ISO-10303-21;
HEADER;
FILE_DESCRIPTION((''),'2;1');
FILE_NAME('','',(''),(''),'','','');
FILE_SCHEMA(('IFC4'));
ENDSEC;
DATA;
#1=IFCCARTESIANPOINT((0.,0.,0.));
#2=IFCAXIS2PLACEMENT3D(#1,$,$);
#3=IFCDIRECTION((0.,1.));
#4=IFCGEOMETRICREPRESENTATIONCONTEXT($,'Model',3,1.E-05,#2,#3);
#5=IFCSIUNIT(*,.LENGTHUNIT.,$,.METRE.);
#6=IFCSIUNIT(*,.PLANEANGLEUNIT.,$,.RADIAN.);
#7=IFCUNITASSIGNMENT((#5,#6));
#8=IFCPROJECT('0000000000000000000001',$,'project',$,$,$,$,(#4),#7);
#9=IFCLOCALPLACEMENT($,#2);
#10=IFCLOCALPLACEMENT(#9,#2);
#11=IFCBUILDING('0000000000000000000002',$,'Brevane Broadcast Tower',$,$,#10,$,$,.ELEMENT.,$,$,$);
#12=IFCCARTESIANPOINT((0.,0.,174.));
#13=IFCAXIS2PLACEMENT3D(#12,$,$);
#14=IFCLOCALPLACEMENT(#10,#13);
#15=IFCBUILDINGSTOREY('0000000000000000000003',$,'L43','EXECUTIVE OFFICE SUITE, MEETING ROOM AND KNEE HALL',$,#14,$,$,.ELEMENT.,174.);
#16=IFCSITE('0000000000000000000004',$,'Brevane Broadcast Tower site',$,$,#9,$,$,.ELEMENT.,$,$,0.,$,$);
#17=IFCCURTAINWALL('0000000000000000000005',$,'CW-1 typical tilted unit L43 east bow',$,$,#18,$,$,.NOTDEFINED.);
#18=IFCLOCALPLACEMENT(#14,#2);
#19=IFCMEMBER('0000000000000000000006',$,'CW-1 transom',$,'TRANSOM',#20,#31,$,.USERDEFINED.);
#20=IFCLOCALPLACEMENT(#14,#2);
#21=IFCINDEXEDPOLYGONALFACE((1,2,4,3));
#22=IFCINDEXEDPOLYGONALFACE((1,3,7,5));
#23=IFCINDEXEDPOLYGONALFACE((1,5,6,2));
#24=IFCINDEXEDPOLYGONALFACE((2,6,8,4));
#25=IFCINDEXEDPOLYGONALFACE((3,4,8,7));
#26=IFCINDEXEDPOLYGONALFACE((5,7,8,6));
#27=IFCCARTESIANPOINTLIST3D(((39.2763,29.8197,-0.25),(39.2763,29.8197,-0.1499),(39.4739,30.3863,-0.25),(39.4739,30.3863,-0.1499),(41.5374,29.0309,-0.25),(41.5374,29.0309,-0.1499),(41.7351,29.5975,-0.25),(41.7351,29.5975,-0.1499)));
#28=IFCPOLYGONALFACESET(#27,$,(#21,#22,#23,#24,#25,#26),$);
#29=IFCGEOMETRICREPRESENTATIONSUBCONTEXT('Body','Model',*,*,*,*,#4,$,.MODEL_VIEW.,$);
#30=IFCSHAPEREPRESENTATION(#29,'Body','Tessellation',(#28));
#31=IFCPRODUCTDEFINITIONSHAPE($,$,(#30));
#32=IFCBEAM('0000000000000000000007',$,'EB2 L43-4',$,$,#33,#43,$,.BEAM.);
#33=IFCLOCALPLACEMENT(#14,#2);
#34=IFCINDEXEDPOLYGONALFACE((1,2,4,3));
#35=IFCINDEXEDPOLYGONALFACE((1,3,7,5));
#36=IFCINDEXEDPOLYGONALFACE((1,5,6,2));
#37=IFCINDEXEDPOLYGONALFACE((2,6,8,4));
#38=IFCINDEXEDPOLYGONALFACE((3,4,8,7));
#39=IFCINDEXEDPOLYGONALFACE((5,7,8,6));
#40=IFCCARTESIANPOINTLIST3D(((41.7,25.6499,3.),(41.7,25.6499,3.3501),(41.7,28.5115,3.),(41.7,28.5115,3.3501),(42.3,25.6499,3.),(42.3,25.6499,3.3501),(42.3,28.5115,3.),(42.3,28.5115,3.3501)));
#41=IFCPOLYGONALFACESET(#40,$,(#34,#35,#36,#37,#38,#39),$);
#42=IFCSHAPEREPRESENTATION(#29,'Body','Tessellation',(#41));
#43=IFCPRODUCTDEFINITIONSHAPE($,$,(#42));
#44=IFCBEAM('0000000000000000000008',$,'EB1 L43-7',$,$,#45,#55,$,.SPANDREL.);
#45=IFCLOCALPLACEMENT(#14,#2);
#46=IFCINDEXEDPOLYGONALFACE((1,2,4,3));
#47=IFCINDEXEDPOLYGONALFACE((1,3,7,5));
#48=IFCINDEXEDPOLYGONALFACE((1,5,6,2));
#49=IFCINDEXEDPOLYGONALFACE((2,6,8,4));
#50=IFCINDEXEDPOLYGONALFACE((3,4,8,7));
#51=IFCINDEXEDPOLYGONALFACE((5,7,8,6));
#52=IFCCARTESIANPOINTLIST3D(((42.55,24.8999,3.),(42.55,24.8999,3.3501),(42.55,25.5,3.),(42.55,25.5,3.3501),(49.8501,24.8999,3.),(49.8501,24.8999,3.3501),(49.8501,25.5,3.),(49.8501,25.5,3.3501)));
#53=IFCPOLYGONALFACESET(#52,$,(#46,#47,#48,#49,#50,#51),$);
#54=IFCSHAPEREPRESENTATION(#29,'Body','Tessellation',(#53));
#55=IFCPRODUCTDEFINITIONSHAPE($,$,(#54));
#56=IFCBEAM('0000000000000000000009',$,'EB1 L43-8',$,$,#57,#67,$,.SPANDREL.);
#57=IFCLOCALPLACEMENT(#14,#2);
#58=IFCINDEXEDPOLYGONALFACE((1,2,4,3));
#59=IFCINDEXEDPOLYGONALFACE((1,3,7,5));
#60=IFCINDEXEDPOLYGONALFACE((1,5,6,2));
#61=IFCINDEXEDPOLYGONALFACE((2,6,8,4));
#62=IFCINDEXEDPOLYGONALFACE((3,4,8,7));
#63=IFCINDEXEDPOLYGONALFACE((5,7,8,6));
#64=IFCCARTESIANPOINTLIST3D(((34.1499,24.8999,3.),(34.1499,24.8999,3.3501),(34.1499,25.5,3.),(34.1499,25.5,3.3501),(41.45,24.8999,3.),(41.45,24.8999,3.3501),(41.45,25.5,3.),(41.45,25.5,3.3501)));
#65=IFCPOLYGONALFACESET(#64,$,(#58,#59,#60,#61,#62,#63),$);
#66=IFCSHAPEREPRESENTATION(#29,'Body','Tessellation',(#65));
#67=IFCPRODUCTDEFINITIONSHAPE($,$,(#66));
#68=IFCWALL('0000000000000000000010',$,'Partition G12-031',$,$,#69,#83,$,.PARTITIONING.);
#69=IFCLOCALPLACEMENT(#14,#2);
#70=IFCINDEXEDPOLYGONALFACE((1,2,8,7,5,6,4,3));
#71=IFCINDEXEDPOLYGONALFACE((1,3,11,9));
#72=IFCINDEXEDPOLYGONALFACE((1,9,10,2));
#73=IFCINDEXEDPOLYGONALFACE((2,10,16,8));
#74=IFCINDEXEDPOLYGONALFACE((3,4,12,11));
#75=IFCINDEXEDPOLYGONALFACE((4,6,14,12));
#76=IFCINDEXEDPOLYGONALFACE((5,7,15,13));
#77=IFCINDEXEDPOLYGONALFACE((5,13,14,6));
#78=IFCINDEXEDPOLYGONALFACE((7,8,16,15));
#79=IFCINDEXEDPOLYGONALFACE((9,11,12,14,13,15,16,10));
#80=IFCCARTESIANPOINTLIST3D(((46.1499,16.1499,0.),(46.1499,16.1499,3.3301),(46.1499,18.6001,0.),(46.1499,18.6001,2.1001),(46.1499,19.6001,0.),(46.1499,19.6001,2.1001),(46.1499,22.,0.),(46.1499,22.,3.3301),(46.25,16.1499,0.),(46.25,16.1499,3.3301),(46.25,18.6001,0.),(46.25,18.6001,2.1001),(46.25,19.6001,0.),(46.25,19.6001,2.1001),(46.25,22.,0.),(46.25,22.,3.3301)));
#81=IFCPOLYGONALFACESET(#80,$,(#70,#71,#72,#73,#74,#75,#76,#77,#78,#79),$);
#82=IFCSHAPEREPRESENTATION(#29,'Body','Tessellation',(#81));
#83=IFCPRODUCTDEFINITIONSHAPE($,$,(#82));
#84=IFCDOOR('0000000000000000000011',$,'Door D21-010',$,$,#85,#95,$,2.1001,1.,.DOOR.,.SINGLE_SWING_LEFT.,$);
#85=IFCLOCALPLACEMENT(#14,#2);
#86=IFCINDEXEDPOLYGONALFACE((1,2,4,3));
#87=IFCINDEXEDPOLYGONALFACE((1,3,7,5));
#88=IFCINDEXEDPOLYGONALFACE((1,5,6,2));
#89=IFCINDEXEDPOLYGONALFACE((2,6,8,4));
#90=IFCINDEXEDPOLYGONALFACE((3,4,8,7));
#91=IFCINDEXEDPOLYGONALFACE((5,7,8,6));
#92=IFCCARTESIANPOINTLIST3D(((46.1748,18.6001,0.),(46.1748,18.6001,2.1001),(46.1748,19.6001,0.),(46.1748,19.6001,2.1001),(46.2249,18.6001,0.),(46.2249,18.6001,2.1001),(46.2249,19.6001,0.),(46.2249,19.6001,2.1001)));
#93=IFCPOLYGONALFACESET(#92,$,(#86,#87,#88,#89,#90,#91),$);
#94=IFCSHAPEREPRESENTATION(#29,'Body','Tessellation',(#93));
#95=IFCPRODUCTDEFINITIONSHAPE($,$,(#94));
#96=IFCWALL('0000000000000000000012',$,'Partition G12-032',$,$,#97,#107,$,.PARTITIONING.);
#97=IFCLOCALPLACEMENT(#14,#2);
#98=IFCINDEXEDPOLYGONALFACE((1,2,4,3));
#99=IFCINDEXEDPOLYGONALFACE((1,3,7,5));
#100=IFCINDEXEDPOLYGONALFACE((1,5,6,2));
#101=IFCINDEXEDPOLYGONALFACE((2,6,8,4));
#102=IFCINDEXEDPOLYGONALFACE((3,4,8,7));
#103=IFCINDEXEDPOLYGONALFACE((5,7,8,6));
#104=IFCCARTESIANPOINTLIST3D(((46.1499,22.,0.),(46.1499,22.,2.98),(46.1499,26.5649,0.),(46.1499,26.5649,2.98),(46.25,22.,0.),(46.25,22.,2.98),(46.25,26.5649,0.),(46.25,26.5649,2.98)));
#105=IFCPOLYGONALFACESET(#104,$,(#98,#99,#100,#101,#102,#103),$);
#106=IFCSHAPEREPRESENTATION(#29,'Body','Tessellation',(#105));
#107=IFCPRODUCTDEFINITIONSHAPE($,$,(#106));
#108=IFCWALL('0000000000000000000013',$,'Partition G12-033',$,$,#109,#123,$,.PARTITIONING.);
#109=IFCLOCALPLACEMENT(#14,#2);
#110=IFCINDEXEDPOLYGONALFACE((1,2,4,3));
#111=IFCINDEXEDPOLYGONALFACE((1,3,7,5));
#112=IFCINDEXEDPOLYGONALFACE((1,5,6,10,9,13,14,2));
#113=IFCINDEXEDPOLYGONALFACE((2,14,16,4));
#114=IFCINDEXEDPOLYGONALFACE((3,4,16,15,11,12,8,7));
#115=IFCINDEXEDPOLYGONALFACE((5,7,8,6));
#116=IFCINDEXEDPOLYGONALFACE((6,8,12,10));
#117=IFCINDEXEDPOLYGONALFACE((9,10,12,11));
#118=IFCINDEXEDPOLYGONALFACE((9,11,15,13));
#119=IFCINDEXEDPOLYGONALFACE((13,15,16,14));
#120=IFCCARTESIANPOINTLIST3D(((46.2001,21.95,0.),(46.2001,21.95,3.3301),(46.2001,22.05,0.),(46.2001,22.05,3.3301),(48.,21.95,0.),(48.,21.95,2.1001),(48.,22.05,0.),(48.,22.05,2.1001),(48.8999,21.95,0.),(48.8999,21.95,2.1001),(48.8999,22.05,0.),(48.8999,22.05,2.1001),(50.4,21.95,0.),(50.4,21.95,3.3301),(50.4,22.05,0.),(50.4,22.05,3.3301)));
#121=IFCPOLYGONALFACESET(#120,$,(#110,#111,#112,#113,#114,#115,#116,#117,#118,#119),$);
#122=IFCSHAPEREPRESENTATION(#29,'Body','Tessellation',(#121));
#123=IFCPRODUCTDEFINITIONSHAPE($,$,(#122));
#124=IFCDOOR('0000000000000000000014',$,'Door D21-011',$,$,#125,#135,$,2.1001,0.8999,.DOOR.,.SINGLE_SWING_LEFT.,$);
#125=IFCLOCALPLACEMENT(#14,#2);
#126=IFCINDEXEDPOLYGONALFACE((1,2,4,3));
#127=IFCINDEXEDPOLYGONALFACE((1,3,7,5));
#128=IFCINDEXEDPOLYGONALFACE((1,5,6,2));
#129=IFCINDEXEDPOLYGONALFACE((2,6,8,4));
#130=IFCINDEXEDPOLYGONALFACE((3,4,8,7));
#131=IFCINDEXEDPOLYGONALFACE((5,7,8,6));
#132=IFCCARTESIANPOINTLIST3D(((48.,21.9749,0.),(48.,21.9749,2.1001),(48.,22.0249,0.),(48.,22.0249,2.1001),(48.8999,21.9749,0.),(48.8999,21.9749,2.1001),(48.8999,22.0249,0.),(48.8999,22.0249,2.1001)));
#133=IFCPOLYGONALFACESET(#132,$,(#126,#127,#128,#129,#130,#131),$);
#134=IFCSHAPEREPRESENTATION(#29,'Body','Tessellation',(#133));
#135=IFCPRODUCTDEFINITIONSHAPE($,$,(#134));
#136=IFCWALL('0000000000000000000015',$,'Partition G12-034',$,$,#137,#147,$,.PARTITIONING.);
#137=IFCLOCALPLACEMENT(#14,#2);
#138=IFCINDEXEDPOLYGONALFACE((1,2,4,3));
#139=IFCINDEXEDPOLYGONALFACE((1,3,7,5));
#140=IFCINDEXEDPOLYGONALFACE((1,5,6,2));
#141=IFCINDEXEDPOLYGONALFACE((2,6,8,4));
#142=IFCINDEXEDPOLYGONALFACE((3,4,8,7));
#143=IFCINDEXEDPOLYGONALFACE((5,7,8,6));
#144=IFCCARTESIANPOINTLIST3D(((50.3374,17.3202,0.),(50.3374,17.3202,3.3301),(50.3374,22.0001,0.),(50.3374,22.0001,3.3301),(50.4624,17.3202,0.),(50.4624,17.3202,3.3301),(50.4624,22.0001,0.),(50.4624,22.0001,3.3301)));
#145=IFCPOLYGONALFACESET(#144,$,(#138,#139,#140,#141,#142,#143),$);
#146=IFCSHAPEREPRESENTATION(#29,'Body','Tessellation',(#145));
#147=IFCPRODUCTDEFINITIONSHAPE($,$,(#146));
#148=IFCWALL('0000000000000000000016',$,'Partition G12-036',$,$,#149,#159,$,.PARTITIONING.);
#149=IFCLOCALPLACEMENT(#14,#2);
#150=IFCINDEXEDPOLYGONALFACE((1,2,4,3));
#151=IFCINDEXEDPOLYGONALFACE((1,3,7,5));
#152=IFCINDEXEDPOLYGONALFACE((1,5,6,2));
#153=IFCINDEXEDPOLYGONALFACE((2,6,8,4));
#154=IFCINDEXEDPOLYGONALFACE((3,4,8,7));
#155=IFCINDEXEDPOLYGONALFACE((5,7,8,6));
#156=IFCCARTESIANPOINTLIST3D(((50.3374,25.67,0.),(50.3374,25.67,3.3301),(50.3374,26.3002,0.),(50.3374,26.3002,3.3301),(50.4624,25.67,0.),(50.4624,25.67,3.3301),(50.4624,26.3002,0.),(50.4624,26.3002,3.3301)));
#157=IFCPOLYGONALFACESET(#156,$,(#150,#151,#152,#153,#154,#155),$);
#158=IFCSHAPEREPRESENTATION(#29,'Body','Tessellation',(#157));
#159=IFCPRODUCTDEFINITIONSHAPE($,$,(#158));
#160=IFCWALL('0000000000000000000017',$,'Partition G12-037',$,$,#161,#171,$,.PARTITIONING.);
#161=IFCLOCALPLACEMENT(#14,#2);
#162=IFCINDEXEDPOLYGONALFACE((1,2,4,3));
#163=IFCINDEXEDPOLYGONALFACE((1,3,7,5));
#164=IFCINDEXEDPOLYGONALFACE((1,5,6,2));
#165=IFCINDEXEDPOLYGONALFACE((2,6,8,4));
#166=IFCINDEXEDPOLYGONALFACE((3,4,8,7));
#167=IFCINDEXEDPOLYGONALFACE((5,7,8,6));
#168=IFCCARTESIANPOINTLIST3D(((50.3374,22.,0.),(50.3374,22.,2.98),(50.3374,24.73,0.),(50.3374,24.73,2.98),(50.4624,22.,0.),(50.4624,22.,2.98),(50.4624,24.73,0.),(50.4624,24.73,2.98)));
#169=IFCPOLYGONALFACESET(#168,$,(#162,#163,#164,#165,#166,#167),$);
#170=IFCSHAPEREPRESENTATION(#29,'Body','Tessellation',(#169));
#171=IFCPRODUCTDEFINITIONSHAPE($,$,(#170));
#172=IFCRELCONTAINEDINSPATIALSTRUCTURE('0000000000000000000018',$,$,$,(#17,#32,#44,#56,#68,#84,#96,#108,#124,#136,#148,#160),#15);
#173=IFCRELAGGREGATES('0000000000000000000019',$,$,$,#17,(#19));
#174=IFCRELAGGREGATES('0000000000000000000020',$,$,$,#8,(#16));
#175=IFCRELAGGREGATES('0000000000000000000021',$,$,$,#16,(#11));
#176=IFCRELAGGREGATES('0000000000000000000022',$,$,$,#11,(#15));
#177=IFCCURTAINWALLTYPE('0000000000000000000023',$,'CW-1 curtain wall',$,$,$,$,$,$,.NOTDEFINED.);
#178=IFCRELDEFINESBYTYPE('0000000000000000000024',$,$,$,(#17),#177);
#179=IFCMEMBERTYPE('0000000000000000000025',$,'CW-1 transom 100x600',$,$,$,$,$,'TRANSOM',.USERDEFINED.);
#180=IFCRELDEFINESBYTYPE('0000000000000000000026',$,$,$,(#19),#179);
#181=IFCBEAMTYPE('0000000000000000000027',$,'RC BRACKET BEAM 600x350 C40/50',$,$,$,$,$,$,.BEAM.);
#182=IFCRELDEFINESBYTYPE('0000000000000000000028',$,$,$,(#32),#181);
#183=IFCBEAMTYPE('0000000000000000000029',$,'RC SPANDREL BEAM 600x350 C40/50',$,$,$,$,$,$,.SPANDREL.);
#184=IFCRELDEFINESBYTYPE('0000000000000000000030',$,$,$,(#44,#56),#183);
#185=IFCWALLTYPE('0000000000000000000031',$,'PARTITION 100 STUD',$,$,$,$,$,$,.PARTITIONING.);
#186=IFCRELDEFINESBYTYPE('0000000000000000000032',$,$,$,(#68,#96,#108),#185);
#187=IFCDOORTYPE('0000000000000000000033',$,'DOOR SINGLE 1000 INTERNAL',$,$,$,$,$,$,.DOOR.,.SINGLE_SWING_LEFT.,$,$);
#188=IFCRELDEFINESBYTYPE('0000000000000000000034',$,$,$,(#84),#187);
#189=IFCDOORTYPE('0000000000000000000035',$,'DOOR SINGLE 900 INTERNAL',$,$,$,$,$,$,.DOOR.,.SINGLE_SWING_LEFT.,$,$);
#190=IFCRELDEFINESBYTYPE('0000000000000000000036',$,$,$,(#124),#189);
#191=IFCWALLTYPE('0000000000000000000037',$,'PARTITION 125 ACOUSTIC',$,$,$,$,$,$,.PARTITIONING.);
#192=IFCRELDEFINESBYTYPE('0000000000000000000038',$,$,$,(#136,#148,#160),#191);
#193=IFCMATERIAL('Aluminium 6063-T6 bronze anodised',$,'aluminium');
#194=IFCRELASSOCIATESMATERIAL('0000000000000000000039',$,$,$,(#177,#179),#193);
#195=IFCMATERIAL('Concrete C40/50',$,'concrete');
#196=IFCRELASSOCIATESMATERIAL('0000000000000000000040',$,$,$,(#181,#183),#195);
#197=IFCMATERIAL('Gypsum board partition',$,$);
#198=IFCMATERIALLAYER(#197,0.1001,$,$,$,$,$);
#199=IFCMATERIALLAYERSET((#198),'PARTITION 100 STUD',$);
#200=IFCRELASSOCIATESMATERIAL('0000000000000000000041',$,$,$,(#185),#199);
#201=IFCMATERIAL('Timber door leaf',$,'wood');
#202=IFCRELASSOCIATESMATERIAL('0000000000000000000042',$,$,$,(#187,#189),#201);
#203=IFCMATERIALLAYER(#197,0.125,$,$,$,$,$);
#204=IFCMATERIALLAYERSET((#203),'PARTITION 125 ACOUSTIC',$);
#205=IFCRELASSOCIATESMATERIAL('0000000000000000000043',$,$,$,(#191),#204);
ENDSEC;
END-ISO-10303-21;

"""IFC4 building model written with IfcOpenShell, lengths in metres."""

from ifc_helpers import new_model, si_unit, direction, frame, frame_2d, origin, origin_2d, place, context, subcontext, project, spatial, rectangle, extrude, material, layer, layer_set, material_profile, profile_set, type_object, element, fill, aggregate, save


model = new_model("IFC4")

# Units and contexts
model_context = context("Model", 3, precision=1e-05, world=origin(), true_north=direction((0.0, 1.0)))
body_context = subcontext(model_context, "Body", "Model", "MODEL_VIEW")
ifc_project = project(units=[si_unit("LENGTHUNIT", "METRE"), si_unit("PLANEANGLEUNIT", "RADIAN")], contexts=[model_context])

# Site, building, storey
site_placement = place(None, origin())
site = spatial("IfcSite", under=ifc_project, at=site_placement, Name="Brevane Broadcast Tower site", CompositionType="ELEMENT", RefElevation=0.0)
building_placement = place(site_placement, origin())
building = spatial("IfcBuilding", under=site, at=building_placement, Name="Brevane Broadcast Tower", CompositionType="ELEMENT")
storey_placement = place(building_placement, frame((0.0, 0.0, 174.0)))
storey = spatial("IfcBuildingStorey", under=building, at=storey_placement, Name="L43", Description="EXECUTIVE OFFICE SUITE, MEETING ROOM AND KNEE HALL", CompositionType="ELEMENT", Elevation=174.0)

# Curtain wall
ifc_material_1 = material(Name="Aluminium 6063-T6 bronze anodised", Category="aluminium")
curtain_wall_type = type_object("IfcCurtainWallType", Name="CW-1 curtain wall", PredefinedType="NOTDEFINED", material=ifc_material_1)
curtain_wall_1_placement = place(storey_placement, origin())
curtain_wall_1 = element("IfcCurtainWall", 1, at=curtain_wall_1_placement, inside=storey, type_object=curtain_wall_type, Name="CW-1 typical tilted unit L43 east bow", PredefinedType="NOTDEFINED")

# Member
ifc_material_profile_1 = material_profile(ifc_material_1, rectangle(XDim=0.6001, YDim=0.1001, at=origin_2d()), Name="RECT 100x600")
ifc_profile_set_1 = profile_set([ifc_material_profile_1], Name="Aluminium 6063-T6 bronze anodised")
member_type_1 = type_object("IfcMemberType", Name="CW-1 transom 100x600", ElementType="TRANSOM", PredefinedType="USERDEFINED", material=ifc_profile_set_1)
member_1_placement = place(storey_placement, frame((41.6362, 29.3142, -0.2), z_axis=(-0.944198, 0.329378, 0.0), x_axis=(-0.329378, -0.944198, 0.0)))
member_1 = element("IfcMember", 2, at=member_1_placement, type_object=member_type_1, Name="CW-1 transom", ObjectType="TRANSOM", PredefinedType="USERDEFINED", context=body_context, shape_type="SweptSolid", body=[
    extrude(rectangle(XDim=0.6001, YDim=0.1001, at=origin_2d()), origin(), (0.0, 0.0, 1.0), 2.3948),
])
aggregate(curtain_wall_1, [member_1])

# Beams
ifc_material_2 = material(Name="Concrete C40/50", Category="concrete")
ifc_material_profile_2 = material_profile(ifc_material_2, rectangle(XDim=0.6001, YDim=0.3501, at=origin_2d()), Name="RC 600x350")
ifc_profile_set_2 = profile_set([ifc_material_profile_2], Name="Concrete C40/50")
beam_type_1 = type_object("IfcBeamType", Name="RC BRACKET BEAM 600x350 C40/50", PredefinedType="BEAM", material=ifc_profile_set_2)
beam_placement = place(storey_placement, frame((42.0, 25.6499, 3.175), z_axis=(0.0, 1.0, 0.0), x_axis=(-1.0, 0.0, 0.0)))
element("IfcBeam", 3, at=beam_placement, inside=storey, type_object=beam_type_1, Name="EB2 L43-4", PredefinedType="BEAM", context=body_context, shape_type="SweptSolid", body=[
    extrude(rectangle(XDim=0.6001, YDim=0.3501, at=origin_2d()), origin(), (0.0, 0.0, 1.0), 2.8616),
])
ifc_material_profile_3 = material_profile(ifc_material_2, rectangle(XDim=0.6001, YDim=0.3501, at=origin_2d()), Name="RC 600x350")
ifc_profile_set_3 = profile_set([ifc_material_profile_3], Name="Concrete C40/50")
beam_type_2 = type_object("IfcBeamType", Name="RC SPANDREL BEAM 600x350 C40/50", PredefinedType="SPANDREL", material=ifc_profile_set_3)
for number, where, z_axis, x_axis, name in (
    (4, (49.8501, 25.2, 3.175), (-1.0, 0.0, 0.0), (0.0, -1.0, 0.0), "EB1 L43-7"),
    (5, (41.45, 25.2, 3.175), (-1.0, 0.0, 0.0), (0.0, -1.0, 0.0), "EB1 L43-8"),
):
    element("IfcBeam", number, at=place(storey_placement, frame(where, z_axis=z_axis, x_axis=x_axis)), inside=storey, type_object=beam_type_2, Name=name, PredefinedType="SPANDREL", context=body_context, shape_type="SweptSolid", body=[
        extrude(rectangle(XDim=0.6001, YDim=0.3501, at=origin_2d()), origin(), (0.0, 0.0, 1.0), 7.3),
    ])

# Wall, opening, door
ifc_material_3 = material(Name="Gypsum board partition")
ifc_layer_1 = layer(ifc_material_3, 0.1001)
ifc_layer_set_1 = layer_set([ifc_layer_1], Name="PARTITION 100 STUD")
wall_type_1 = type_object("IfcWallType", Name="PARTITION 100 STUD", PredefinedType="PARTITIONING", material=ifc_layer_set_1)
wall_1_placement = place(storey_placement, frame((46.2, 22.0, 0.0), z_axis=(0.0, 0.0, 1.0), x_axis=(0.0, -1.0, 0.0)))
wall_1 = element("IfcWall", 6, at=wall_1_placement, inside=storey, type_object=wall_type_1, Name="Partition G12-031", PredefinedType="PARTITIONING", context=body_context, shape_type="SweptSolid", body=[
    extrude(rectangle(XDim=5.8501, YDim=0.1001, at=frame_2d((2.925, 0.0))), origin(), (0.0, 0.0, 1.0), 3.3301),
])
opening_1_placement = place(wall_1_placement, frame((2.3999, 0.0, 0.0)))
opening_1 = element("IfcOpeningElement", 7, at=opening_1_placement, cuts=wall_1, PredefinedType="OPENING", context=body_context, shape_type="SweptSolid", body=[
    extrude(rectangle(XDim=1.0, YDim=2.1001, at=frame_2d((0.5, 1.05))), frame((0.0, 0.0601, 0.0), z_axis=(0.0, -1.0, 0.0), x_axis=(1.0, 0.0, 0.0)), (0.0, 0.0, 1.0), 0.1201),
])
ifc_material_4 = material(Name="Timber door leaf", Category="wood")
door_type_1 = type_object("IfcDoorType", Name="DOOR SINGLE 1000 INTERNAL", OperationType="SINGLE_SWING_LEFT", PredefinedType="DOOR", material=ifc_material_4)
door_1_placement = place(opening_1_placement, origin())
door_1 = element("IfcDoor", 8, at=door_1_placement, inside=storey, type_object=door_type_1, Name="Door D21-010", OperationType="SINGLE_SWING_LEFT", OverallHeight=2.1001, OverallWidth=1.0, PredefinedType="DOOR", context=body_context, shape_type="SweptSolid", body=[
    extrude(rectangle(XDim=1.0, YDim=2.1001, at=frame_2d((0.5, 1.05))), frame((0.0, 0.0249, 0.0), z_axis=(0.0, -1.0, 0.0), x_axis=(1.0, 0.0, 0.0)), (0.0, 0.0, 1.0), 0.05),
])
fill(opening_1, door_1)

# Wall
wall_2_placement = place(storey_placement, frame((46.2, 26.5649, 0.0), z_axis=(0.0, 0.0, 1.0), x_axis=(0.0, -1.0, 0.0)))
element("IfcWall", 9, at=wall_2_placement, inside=storey, type_object=wall_type_1, Name="Partition G12-032", PredefinedType="PARTITIONING", context=body_context, shape_type="SweptSolid", body=[
    extrude(rectangle(XDim=4.5649, YDim=0.1001, at=frame_2d((2.2825, 0.0))), origin(), (0.0, 0.0, 1.0), 2.98),
])

# Wall, opening, door
wall_3_placement = place(storey_placement, frame((46.2, 22.0, 0.0), z_axis=(0.0, 0.0, 1.0), x_axis=(1.0, 0.0, 0.0)))
wall_3 = element("IfcWall", 10, at=wall_3_placement, inside=storey, type_object=wall_type_1, Name="Partition G12-033", PredefinedType="PARTITIONING", context=body_context, shape_type="SweptSolid", body=[
    extrude(rectangle(XDim=4.2, YDim=0.1001, at=frame_2d((2.1001, 0.0))), origin(), (0.0, 0.0, 1.0), 3.3301),
])
opening_2_placement = place(wall_3_placement, frame((1.8, 0.0, 0.0)))
opening_2 = element("IfcOpeningElement", 11, at=opening_2_placement, cuts=wall_3, PredefinedType="OPENING", context=body_context, shape_type="SweptSolid", body=[
    extrude(rectangle(XDim=0.8999, YDim=2.1001, at=frame_2d((0.45, 1.05))), frame((0.0, 0.0601, 0.0), z_axis=(0.0, -1.0, 0.0), x_axis=(1.0, 0.0, 0.0)), (0.0, 0.0, 1.0), 0.1201),
])
door_type_2 = type_object("IfcDoorType", Name="DOOR SINGLE 900 INTERNAL", OperationType="SINGLE_SWING_LEFT", PredefinedType="DOOR", material=ifc_material_4)
door_2_placement = place(opening_2_placement, origin())
door_2 = element("IfcDoor", 12, at=door_2_placement, inside=storey, type_object=door_type_2, Name="Door D21-011", OperationType="SINGLE_SWING_LEFT", OverallHeight=2.1001, OverallWidth=0.8999, PredefinedType="DOOR", context=body_context, shape_type="SweptSolid", body=[
    extrude(rectangle(XDim=0.8999, YDim=2.1001, at=frame_2d((0.45, 1.05))), frame((0.0, 0.0249, 0.0), z_axis=(0.0, -1.0, 0.0), x_axis=(1.0, 0.0, 0.0)), (0.0, 0.0, 1.0), 0.05),
])
fill(opening_2, door_2)

# Walls
ifc_layer_2 = layer(ifc_material_3, 0.125)
ifc_layer_set_2 = layer_set([ifc_layer_2], Name="PARTITION 125 ACOUSTIC")
wall_type_2 = type_object("IfcWallType", Name="PARTITION 125 ACOUSTIC", PredefinedType="PARTITIONING", material=ifc_layer_set_2)
wall_4_placement = place(storey_placement, frame((50.3999, 22.0, 0.0), z_axis=(0.0, 0.0, 1.0), x_axis=(0.0, -1.0, 0.0)))
element("IfcWall", 13, at=wall_4_placement, inside=storey, type_object=wall_type_2, Name="Partition G12-034", PredefinedType="PARTITIONING", context=body_context, shape_type="SweptSolid", body=[
    extrude(rectangle(XDim=4.6799, YDim=0.125, at=frame_2d((2.3398, 0.0))), origin(), (0.0, 0.0, 1.0), 3.3301),
])
wall_5_placement = place(storey_placement, frame((50.3999, 26.3, 0.0), z_axis=(0.0, 0.0, 1.0), x_axis=(0.0, -1.0, 0.0)))
element("IfcWall", 14, at=wall_5_placement, inside=storey, type_object=wall_type_2, Name="Partition G12-036", PredefinedType="PARTITIONING", context=body_context, shape_type="SweptSolid", body=[
    extrude(rectangle(XDim=0.6301, YDim=0.125, at=frame_2d((0.3149, 0.0))), origin(), (0.0, 0.0, 1.0), 3.3301),
])
wall_6_placement = place(storey_placement, frame((50.3999, 24.73, 0.0), z_axis=(0.0, 0.0, 1.0), x_axis=(0.0, -1.0, 0.0)))
element("IfcWall", 15, at=wall_6_placement, inside=storey, type_object=wall_type_2, Name="Partition G12-037", PredefinedType="PARTITIONING", context=body_context, shape_type="SweptSolid", body=[
    extrude(rectangle(XDim=2.73, YDim=0.125, at=frame_2d((1.365, 0.0))), origin(), (0.0, 0.0, 1.0), 2.98),
])

save(model, "model.ifc")
